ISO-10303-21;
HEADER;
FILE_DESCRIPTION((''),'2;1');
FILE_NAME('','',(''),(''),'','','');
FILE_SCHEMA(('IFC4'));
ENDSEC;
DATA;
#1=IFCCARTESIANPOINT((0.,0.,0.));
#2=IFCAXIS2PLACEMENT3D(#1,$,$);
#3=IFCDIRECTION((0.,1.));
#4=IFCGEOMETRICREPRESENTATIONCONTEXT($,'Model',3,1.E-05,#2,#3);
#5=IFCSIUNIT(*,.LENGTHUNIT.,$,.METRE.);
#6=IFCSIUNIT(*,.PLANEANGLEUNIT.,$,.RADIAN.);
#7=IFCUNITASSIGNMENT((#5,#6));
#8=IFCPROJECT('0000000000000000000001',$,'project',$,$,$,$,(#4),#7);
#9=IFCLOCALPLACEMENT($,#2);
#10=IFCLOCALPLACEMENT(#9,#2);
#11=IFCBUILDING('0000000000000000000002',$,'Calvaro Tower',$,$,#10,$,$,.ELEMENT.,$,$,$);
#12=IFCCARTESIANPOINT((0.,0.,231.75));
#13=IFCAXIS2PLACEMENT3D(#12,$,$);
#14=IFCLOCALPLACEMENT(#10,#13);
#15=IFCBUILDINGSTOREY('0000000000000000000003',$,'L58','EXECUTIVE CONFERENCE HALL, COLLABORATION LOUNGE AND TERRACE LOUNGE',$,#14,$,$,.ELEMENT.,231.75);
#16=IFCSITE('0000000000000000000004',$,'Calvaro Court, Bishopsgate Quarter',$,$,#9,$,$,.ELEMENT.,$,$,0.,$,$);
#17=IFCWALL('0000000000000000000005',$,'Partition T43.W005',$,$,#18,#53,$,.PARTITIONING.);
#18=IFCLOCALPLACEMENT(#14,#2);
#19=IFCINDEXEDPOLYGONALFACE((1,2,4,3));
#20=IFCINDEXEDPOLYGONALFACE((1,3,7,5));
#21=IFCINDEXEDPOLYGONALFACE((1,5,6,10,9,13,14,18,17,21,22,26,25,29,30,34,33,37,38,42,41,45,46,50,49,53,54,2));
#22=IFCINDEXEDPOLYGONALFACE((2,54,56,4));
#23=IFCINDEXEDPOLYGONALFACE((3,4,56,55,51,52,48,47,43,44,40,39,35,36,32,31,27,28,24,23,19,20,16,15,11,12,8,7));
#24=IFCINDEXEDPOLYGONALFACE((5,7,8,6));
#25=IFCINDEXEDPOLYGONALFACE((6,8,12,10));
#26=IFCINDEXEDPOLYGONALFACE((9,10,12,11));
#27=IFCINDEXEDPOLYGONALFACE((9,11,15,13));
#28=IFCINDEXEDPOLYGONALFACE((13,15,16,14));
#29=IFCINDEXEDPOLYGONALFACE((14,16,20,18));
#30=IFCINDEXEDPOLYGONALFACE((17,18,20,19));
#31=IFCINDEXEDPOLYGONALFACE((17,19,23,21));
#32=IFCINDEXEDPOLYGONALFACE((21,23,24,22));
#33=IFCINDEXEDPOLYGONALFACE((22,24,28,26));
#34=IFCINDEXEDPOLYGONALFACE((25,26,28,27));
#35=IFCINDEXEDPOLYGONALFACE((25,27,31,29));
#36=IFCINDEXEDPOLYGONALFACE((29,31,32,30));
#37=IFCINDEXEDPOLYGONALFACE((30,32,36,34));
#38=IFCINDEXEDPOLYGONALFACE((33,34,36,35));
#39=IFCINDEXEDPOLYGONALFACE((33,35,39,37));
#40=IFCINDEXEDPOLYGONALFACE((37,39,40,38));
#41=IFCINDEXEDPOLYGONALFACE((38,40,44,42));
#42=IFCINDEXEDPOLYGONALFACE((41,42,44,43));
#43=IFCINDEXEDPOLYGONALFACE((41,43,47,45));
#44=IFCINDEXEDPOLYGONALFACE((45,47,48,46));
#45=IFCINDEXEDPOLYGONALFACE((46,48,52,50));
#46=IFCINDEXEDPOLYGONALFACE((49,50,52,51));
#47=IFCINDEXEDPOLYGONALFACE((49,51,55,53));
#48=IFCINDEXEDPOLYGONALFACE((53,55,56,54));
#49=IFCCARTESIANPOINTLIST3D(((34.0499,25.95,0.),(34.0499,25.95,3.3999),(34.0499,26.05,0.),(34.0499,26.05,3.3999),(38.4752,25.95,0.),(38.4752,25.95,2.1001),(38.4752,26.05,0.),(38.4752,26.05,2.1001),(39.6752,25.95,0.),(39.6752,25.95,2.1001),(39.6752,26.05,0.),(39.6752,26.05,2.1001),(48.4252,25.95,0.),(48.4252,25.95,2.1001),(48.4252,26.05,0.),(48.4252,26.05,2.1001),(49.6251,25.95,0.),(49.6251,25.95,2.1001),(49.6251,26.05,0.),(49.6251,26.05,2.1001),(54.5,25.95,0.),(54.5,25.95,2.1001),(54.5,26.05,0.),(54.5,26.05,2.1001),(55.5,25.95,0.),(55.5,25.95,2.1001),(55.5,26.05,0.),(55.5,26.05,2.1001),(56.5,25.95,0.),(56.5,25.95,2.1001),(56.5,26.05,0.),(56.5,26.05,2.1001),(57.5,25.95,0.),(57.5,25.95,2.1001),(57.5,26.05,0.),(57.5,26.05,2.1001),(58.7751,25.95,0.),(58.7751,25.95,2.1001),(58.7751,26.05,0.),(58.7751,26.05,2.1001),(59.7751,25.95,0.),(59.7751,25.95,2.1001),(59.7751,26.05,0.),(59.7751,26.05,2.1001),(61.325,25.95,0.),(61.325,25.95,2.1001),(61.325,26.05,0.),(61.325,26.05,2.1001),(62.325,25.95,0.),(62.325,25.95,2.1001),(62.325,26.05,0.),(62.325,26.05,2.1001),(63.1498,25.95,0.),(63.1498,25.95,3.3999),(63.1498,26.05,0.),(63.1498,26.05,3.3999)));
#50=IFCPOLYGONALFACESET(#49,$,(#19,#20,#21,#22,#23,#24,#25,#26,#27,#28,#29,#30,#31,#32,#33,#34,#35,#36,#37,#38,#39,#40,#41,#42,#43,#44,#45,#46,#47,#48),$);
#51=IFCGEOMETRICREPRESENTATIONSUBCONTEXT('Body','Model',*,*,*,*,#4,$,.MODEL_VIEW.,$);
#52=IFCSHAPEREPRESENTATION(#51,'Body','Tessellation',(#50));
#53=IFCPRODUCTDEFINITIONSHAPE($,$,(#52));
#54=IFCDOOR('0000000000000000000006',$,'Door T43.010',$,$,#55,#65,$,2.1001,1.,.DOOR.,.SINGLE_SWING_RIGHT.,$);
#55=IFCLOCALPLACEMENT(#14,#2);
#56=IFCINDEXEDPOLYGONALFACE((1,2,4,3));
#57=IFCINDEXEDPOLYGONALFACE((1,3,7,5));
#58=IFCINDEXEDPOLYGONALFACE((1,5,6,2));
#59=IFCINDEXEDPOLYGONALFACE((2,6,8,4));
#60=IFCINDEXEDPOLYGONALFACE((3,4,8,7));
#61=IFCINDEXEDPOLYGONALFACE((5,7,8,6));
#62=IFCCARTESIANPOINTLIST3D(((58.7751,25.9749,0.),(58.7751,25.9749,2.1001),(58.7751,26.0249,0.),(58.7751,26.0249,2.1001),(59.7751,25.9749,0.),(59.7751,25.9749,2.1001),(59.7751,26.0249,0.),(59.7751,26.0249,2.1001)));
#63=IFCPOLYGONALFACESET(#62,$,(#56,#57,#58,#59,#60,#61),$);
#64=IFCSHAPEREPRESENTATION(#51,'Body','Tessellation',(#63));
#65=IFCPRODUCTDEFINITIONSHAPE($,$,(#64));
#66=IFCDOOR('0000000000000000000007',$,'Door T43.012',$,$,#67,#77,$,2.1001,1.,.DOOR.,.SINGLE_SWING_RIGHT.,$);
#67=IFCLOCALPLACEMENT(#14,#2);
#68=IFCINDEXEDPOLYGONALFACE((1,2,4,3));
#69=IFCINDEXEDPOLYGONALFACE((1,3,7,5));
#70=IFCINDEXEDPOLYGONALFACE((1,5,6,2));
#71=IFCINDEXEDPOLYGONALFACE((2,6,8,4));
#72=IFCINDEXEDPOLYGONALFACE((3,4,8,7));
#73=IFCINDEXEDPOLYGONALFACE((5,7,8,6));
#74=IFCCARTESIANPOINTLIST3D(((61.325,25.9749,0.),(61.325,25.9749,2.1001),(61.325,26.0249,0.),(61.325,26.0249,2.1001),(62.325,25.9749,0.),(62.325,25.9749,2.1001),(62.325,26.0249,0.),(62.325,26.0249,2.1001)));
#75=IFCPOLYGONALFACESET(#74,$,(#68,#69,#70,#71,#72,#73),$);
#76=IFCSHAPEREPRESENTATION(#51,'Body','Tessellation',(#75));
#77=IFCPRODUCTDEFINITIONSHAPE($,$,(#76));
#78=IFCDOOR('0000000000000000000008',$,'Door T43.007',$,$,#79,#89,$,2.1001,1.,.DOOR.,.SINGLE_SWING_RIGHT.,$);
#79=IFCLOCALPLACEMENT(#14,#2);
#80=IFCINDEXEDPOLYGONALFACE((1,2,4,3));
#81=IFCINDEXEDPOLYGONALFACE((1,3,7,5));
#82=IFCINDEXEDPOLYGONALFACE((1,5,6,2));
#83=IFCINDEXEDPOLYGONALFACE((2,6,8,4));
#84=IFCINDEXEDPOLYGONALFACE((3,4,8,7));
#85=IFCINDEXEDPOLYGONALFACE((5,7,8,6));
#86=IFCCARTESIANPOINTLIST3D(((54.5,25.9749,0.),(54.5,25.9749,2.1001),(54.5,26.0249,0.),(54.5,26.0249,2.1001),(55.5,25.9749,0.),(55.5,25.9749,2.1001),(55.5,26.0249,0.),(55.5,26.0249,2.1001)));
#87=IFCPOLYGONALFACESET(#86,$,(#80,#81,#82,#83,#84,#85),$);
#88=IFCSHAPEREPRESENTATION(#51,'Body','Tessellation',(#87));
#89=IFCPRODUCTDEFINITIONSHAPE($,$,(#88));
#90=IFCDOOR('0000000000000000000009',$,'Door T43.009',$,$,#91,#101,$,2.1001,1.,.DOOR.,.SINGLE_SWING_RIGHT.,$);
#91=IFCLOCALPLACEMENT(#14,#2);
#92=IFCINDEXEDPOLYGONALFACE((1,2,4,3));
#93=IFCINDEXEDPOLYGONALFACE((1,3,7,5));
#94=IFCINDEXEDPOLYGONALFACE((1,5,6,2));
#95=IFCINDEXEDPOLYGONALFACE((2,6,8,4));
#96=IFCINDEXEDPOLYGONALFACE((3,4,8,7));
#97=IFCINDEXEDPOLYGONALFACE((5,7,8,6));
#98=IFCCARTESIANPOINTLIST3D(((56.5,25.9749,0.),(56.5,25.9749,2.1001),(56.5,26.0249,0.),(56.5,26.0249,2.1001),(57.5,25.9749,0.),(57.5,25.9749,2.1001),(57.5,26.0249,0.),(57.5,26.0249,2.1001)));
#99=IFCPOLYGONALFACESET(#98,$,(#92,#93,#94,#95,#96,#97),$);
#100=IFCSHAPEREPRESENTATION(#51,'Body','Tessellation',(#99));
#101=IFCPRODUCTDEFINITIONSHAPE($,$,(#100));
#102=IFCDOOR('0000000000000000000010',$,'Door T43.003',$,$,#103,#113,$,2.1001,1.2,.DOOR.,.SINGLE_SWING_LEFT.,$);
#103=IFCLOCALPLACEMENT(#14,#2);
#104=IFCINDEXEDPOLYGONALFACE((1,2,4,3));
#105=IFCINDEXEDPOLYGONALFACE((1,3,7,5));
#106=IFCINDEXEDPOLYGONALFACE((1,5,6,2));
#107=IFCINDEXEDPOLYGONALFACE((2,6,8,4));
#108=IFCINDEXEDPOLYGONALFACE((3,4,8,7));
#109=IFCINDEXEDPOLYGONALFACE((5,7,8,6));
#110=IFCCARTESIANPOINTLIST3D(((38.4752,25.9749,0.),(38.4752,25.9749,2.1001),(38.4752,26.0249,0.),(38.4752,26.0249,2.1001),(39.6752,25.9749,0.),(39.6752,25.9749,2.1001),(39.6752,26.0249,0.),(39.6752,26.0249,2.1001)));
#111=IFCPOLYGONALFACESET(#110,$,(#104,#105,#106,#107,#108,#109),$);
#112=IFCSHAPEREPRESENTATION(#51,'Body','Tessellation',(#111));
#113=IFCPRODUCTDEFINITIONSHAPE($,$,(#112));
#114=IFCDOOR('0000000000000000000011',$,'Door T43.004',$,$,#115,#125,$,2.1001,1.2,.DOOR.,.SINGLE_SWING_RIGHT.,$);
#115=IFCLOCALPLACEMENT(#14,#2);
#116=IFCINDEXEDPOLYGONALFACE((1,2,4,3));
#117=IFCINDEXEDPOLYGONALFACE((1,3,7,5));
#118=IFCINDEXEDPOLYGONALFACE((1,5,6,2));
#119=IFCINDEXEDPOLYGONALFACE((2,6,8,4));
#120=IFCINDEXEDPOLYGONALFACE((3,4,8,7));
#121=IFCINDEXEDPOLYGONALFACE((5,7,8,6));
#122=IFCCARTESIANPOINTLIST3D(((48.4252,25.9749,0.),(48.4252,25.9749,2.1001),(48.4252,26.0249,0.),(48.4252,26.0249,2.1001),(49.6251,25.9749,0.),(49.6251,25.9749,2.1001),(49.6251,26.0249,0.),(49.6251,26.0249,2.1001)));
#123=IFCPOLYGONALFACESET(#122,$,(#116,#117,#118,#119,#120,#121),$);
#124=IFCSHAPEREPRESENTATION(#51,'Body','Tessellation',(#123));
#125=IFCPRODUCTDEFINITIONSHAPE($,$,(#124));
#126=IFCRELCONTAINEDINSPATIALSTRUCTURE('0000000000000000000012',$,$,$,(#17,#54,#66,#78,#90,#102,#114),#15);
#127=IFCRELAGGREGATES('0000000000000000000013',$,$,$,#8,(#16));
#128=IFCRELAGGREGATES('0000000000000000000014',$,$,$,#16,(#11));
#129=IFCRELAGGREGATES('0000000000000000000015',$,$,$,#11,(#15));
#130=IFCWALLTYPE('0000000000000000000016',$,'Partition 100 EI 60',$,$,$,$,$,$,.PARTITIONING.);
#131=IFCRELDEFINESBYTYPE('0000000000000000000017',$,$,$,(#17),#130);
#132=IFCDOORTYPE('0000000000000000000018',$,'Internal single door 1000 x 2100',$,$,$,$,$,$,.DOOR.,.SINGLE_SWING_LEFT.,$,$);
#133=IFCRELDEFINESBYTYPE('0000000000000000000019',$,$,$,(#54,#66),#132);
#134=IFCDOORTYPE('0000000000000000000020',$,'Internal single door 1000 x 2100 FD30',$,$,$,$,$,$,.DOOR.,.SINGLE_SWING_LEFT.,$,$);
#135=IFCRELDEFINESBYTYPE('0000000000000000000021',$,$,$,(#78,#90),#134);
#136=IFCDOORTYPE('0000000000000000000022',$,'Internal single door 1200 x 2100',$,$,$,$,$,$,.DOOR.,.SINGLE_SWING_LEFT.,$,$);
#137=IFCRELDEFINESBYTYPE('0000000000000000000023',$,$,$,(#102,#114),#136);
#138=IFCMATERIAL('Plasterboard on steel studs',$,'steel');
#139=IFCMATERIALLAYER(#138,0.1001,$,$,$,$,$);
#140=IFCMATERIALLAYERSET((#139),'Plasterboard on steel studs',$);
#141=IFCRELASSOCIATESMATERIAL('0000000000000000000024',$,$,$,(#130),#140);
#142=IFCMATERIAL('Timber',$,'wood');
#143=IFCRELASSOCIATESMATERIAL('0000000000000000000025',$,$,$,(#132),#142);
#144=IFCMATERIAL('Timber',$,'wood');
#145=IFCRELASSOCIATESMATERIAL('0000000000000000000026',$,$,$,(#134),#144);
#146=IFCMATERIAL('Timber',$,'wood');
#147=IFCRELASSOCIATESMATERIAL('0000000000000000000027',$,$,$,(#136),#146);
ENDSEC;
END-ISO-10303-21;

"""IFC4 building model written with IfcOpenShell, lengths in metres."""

from ifc_helpers import new_model, si_unit, direction, frame, frame_2d, origin, place, context, subcontext, project, spatial, rectangle, extrude, material, layer, layer_set, type_object, element, fill, save


model = new_model("IFC4")

# Units and contexts
model_context = context("Model", 3, precision=1e-05, world=origin(), true_north=direction((0.0, 1.0)))
body_context = subcontext(model_context, "Body", "Model", "MODEL_VIEW")
ifc_project = project(units=[si_unit("LENGTHUNIT", "METRE"), si_unit("PLANEANGLEUNIT", "RADIAN")], contexts=[model_context])

# Site, building, storey
site_placement = place(None, origin())
site = spatial("IfcSite", under=ifc_project, at=site_placement, Name="Calvaro Court, Bishopsgate Quarter", CompositionType="ELEMENT", RefElevation=0.0)
building_placement = place(site_placement, origin())
building = spatial("IfcBuilding", under=site, at=building_placement, Name="Calvaro Tower", CompositionType="ELEMENT")
storey_placement = place(building_placement, frame((0.0, 0.0, 231.75)))
storey = spatial("IfcBuildingStorey", under=building, at=storey_placement, Name="L58", Description="EXECUTIVE CONFERENCE HALL, COLLABORATION LOUNGE AND TERRACE LOUNGE", CompositionType="ELEMENT", Elevation=231.75)

# Wall, openings, doors
ifc_material_1 = material(Name="Plasterboard on steel studs", Category="steel")
ifc_layer_1 = layer(ifc_material_1, 0.1001)
ifc_layer_set_1 = layer_set([ifc_layer_1], Name="Plasterboard on steel studs")
wall_type_1 = type_object("IfcWallType", Name="Partition 100 EI 60", PredefinedType="PARTITIONING", material=ifc_layer_set_1)
wall_1_placement = place(storey_placement, frame((34.05, 26.0, 0.0), z_axis=(0.0, 0.0, 1.0), x_axis=(1.0, 0.0, 0.0)))
wall_1 = element("IfcWall", 1, at=wall_1_placement, inside=storey, type_object=wall_type_1, Name="Partition T43.W005", PredefinedType="PARTITIONING", context=body_context, shape_type="SweptSolid", body=[
    extrude(rectangle(XDim=29.0999, YDim=0.1001, at=frame_2d((14.5498, 0.0))), origin(), (0.0, 0.0, 1.0), 3.3999),
])
opening_1_placement = place(wall_1_placement, frame((4.425, 0.0, 0.0)))
opening_1 = element("IfcOpeningElement", 2, at=opening_1_placement, cuts=wall_1, PredefinedType="OPENING", context=body_context, shape_type="SweptSolid", body=[
    extrude(rectangle(XDim=1.2, YDim=2.1001, at=frame_2d((0.6001, 1.05))), frame((0.0, 0.0601, 0.0), z_axis=(0.0, -1.0, 0.0), x_axis=(1.0, 0.0, 0.0)), (0.0, 0.0, 1.0), 0.1201),
])
opening_2_placement = place(wall_1_placement, frame((14.375, 0.0, 0.0)))
opening_2 = element("IfcOpeningElement", 3, at=opening_2_placement, cuts=wall_1, PredefinedType="OPENING", context=body_context, shape_type="SweptSolid", body=[
    extrude(rectangle(XDim=1.2, YDim=2.1001, at=frame_2d((0.6001, 1.05))), frame((0.0, 0.0601, 0.0), z_axis=(0.0, -1.0, 0.0), x_axis=(1.0, 0.0, 0.0)), (0.0, 0.0, 1.0), 0.1201),
])
opening_3_placement = place(wall_1_placement, frame((20.45, 0.0, 0.0)))
opening_3 = element("IfcOpeningElement", 4, at=opening_3_placement, cuts=wall_1, PredefinedType="OPENING", context=body_context, shape_type="SweptSolid", body=[
    extrude(rectangle(XDim=1.0, YDim=2.1001, at=frame_2d((0.5, 1.05))), frame((0.0, 0.0601, 0.0), z_axis=(0.0, -1.0, 0.0), x_axis=(1.0, 0.0, 0.0)), (0.0, 0.0, 1.0), 0.1201),
])
opening_4_placement = place(wall_1_placement, frame((22.45, 0.0, 0.0)))
opening_4 = element("IfcOpeningElement", 5, at=opening_4_placement, cuts=wall_1, PredefinedType="OPENING", context=body_context, shape_type="SweptSolid", body=[
    extrude(rectangle(XDim=1.0, YDim=2.1001, at=frame_2d((0.5, 1.05))), frame((0.0, 0.0601, 0.0), z_axis=(0.0, -1.0, 0.0), x_axis=(1.0, 0.0, 0.0)), (0.0, 0.0, 1.0), 0.1201),
])
opening_5_placement = place(wall_1_placement, frame((24.7251, 0.0, 0.0)))
opening_5 = element("IfcOpeningElement", 6, at=opening_5_placement, cuts=wall_1, PredefinedType="OPENING", context=body_context, shape_type="SweptSolid", body=[
    extrude(rectangle(XDim=1.0, YDim=2.1001, at=frame_2d((0.5, 1.05))), frame((0.0, 0.0601, 0.0), z_axis=(0.0, -1.0, 0.0), x_axis=(1.0, 0.0, 0.0)), (0.0, 0.0, 1.0), 0.1201),
])
opening_6_placement = place(wall_1_placement, frame((27.2749, 0.0, 0.0)))
opening_6 = element("IfcOpeningElement", 7, at=opening_6_placement, cuts=wall_1, PredefinedType="OPENING", context=body_context, shape_type="SweptSolid", body=[
    extrude(rectangle(XDim=1.0, YDim=2.1001, at=frame_2d((0.5, 1.05))), frame((0.0, 0.0601, 0.0), z_axis=(0.0, -1.0, 0.0), x_axis=(1.0, 0.0, 0.0)), (0.0, 0.0, 1.0), 0.1201),
])
ifc_material_2 = material(Name="Timber", Category="wood")
door_type_1 = type_object("IfcDoorType", Name="Internal single door 1000 x 2100", OperationType="SINGLE_SWING_LEFT", PredefinedType="DOOR", material=ifc_material_2)
door_1_placement = place(opening_5_placement, origin())
door_1 = element("IfcDoor", 8, at=door_1_placement, inside=storey, type_object=door_type_1, Name="Door T43.010", OperationType="SINGLE_SWING_RIGHT", OverallHeight=2.1001, OverallWidth=1.0, PredefinedType="DOOR", context=body_context, shape_type="SweptSolid", body=[
    extrude(rectangle(XDim=1.0, YDim=2.1001, at=frame_2d((0.5, 1.05))), frame((0.0, 0.0249, 0.0), z_axis=(0.0, -1.0, 0.0), x_axis=(1.0, 0.0, 0.0)), (0.0, 0.0, 1.0), 0.05),
])
fill(opening_5, door_1)
door_2_placement = place(opening_6_placement, origin())
door_2 = element("IfcDoor", 9, at=door_2_placement, inside=storey, type_object=door_type_1, Name="Door T43.012", OperationType="SINGLE_SWING_RIGHT", OverallHeight=2.1001, OverallWidth=1.0, PredefinedType="DOOR", context=body_context, shape_type="SweptSolid", body=[
    extrude(rectangle(XDim=1.0, YDim=2.1001, at=frame_2d((0.5, 1.05))), frame((0.0, 0.0249, 0.0), z_axis=(0.0, -1.0, 0.0), x_axis=(1.0, 0.0, 0.0)), (0.0, 0.0, 1.0), 0.05),
])
fill(opening_6, door_2)
ifc_material_3 = material(Name="Timber", Category="wood")
door_type_2 = type_object("IfcDoorType", Name="Internal single door 1000 x 2100 FD30", OperationType="SINGLE_SWING_LEFT", PredefinedType="DOOR", material=ifc_material_3)
door_3_placement = place(opening_3_placement, origin())
door_3 = element("IfcDoor", 10, at=door_3_placement, inside=storey, type_object=door_type_2, Name="Door T43.007", OperationType="SINGLE_SWING_RIGHT", OverallHeight=2.1001, OverallWidth=1.0, PredefinedType="DOOR", context=body_context, shape_type="SweptSolid", body=[
    extrude(rectangle(XDim=1.0, YDim=2.1001, at=frame_2d((0.5, 1.05))), frame((0.0, 0.0249, 0.0), z_axis=(0.0, -1.0, 0.0), x_axis=(1.0, 0.0, 0.0)), (0.0, 0.0, 1.0), 0.05),
])
fill(opening_3, door_3)
door_4_placement = place(opening_4_placement, origin())
door_4 = element("IfcDoor", 11, at=door_4_placement, inside=storey, type_object=door_type_2, Name="Door T43.009", OperationType="SINGLE_SWING_RIGHT", OverallHeight=2.1001, OverallWidth=1.0, PredefinedType="DOOR", context=body_context, shape_type="SweptSolid", body=[
    extrude(rectangle(XDim=1.0, YDim=2.1001, at=frame_2d((0.5, 1.05))), frame((0.0, 0.0249, 0.0), z_axis=(0.0, -1.0, 0.0), x_axis=(1.0, 0.0, 0.0)), (0.0, 0.0, 1.0), 0.05),
])
fill(opening_4, door_4)
ifc_material_4 = material(Name="Timber", Category="wood")
door_type_3 = type_object("IfcDoorType", Name="Internal single door 1200 x 2100", OperationType="SINGLE_SWING_LEFT", PredefinedType="DOOR", material=ifc_material_4)
door_5_placement = place(opening_1_placement, origin())
door_5 = element("IfcDoor", 12, at=door_5_placement, inside=storey, type_object=door_type_3, Name="Door T43.003", OperationType="SINGLE_SWING_LEFT", OverallHeight=2.1001, OverallWidth=1.2, PredefinedType="DOOR", context=body_context, shape_type="SweptSolid", body=[
    extrude(rectangle(XDim=1.2, YDim=2.1001, at=frame_2d((0.6001, 1.05))), frame((0.0, 0.0249, 0.0), z_axis=(0.0, -1.0, 0.0), x_axis=(1.0, 0.0, 0.0)), (0.0, 0.0, 1.0), 0.05),
])
fill(opening_1, door_5)
door_6_placement = place(opening_2_placement, origin())
door_6 = element("IfcDoor", 13, at=door_6_placement, inside=storey, type_object=door_type_3, Name="Door T43.004", OperationType="SINGLE_SWING_RIGHT", OverallHeight=2.1001, OverallWidth=1.2, PredefinedType="DOOR", context=body_context, shape_type="SweptSolid", body=[
    extrude(rectangle(XDim=1.2, YDim=2.1001, at=frame_2d((0.6001, 1.05))), frame((0.0, 0.0249, 0.0), z_axis=(0.0, -1.0, 0.0), x_axis=(1.0, 0.0, 0.0)), (0.0, 0.0, 1.0), 0.05),
])
fill(opening_2, door_6)

save(model, "model.ifc")
